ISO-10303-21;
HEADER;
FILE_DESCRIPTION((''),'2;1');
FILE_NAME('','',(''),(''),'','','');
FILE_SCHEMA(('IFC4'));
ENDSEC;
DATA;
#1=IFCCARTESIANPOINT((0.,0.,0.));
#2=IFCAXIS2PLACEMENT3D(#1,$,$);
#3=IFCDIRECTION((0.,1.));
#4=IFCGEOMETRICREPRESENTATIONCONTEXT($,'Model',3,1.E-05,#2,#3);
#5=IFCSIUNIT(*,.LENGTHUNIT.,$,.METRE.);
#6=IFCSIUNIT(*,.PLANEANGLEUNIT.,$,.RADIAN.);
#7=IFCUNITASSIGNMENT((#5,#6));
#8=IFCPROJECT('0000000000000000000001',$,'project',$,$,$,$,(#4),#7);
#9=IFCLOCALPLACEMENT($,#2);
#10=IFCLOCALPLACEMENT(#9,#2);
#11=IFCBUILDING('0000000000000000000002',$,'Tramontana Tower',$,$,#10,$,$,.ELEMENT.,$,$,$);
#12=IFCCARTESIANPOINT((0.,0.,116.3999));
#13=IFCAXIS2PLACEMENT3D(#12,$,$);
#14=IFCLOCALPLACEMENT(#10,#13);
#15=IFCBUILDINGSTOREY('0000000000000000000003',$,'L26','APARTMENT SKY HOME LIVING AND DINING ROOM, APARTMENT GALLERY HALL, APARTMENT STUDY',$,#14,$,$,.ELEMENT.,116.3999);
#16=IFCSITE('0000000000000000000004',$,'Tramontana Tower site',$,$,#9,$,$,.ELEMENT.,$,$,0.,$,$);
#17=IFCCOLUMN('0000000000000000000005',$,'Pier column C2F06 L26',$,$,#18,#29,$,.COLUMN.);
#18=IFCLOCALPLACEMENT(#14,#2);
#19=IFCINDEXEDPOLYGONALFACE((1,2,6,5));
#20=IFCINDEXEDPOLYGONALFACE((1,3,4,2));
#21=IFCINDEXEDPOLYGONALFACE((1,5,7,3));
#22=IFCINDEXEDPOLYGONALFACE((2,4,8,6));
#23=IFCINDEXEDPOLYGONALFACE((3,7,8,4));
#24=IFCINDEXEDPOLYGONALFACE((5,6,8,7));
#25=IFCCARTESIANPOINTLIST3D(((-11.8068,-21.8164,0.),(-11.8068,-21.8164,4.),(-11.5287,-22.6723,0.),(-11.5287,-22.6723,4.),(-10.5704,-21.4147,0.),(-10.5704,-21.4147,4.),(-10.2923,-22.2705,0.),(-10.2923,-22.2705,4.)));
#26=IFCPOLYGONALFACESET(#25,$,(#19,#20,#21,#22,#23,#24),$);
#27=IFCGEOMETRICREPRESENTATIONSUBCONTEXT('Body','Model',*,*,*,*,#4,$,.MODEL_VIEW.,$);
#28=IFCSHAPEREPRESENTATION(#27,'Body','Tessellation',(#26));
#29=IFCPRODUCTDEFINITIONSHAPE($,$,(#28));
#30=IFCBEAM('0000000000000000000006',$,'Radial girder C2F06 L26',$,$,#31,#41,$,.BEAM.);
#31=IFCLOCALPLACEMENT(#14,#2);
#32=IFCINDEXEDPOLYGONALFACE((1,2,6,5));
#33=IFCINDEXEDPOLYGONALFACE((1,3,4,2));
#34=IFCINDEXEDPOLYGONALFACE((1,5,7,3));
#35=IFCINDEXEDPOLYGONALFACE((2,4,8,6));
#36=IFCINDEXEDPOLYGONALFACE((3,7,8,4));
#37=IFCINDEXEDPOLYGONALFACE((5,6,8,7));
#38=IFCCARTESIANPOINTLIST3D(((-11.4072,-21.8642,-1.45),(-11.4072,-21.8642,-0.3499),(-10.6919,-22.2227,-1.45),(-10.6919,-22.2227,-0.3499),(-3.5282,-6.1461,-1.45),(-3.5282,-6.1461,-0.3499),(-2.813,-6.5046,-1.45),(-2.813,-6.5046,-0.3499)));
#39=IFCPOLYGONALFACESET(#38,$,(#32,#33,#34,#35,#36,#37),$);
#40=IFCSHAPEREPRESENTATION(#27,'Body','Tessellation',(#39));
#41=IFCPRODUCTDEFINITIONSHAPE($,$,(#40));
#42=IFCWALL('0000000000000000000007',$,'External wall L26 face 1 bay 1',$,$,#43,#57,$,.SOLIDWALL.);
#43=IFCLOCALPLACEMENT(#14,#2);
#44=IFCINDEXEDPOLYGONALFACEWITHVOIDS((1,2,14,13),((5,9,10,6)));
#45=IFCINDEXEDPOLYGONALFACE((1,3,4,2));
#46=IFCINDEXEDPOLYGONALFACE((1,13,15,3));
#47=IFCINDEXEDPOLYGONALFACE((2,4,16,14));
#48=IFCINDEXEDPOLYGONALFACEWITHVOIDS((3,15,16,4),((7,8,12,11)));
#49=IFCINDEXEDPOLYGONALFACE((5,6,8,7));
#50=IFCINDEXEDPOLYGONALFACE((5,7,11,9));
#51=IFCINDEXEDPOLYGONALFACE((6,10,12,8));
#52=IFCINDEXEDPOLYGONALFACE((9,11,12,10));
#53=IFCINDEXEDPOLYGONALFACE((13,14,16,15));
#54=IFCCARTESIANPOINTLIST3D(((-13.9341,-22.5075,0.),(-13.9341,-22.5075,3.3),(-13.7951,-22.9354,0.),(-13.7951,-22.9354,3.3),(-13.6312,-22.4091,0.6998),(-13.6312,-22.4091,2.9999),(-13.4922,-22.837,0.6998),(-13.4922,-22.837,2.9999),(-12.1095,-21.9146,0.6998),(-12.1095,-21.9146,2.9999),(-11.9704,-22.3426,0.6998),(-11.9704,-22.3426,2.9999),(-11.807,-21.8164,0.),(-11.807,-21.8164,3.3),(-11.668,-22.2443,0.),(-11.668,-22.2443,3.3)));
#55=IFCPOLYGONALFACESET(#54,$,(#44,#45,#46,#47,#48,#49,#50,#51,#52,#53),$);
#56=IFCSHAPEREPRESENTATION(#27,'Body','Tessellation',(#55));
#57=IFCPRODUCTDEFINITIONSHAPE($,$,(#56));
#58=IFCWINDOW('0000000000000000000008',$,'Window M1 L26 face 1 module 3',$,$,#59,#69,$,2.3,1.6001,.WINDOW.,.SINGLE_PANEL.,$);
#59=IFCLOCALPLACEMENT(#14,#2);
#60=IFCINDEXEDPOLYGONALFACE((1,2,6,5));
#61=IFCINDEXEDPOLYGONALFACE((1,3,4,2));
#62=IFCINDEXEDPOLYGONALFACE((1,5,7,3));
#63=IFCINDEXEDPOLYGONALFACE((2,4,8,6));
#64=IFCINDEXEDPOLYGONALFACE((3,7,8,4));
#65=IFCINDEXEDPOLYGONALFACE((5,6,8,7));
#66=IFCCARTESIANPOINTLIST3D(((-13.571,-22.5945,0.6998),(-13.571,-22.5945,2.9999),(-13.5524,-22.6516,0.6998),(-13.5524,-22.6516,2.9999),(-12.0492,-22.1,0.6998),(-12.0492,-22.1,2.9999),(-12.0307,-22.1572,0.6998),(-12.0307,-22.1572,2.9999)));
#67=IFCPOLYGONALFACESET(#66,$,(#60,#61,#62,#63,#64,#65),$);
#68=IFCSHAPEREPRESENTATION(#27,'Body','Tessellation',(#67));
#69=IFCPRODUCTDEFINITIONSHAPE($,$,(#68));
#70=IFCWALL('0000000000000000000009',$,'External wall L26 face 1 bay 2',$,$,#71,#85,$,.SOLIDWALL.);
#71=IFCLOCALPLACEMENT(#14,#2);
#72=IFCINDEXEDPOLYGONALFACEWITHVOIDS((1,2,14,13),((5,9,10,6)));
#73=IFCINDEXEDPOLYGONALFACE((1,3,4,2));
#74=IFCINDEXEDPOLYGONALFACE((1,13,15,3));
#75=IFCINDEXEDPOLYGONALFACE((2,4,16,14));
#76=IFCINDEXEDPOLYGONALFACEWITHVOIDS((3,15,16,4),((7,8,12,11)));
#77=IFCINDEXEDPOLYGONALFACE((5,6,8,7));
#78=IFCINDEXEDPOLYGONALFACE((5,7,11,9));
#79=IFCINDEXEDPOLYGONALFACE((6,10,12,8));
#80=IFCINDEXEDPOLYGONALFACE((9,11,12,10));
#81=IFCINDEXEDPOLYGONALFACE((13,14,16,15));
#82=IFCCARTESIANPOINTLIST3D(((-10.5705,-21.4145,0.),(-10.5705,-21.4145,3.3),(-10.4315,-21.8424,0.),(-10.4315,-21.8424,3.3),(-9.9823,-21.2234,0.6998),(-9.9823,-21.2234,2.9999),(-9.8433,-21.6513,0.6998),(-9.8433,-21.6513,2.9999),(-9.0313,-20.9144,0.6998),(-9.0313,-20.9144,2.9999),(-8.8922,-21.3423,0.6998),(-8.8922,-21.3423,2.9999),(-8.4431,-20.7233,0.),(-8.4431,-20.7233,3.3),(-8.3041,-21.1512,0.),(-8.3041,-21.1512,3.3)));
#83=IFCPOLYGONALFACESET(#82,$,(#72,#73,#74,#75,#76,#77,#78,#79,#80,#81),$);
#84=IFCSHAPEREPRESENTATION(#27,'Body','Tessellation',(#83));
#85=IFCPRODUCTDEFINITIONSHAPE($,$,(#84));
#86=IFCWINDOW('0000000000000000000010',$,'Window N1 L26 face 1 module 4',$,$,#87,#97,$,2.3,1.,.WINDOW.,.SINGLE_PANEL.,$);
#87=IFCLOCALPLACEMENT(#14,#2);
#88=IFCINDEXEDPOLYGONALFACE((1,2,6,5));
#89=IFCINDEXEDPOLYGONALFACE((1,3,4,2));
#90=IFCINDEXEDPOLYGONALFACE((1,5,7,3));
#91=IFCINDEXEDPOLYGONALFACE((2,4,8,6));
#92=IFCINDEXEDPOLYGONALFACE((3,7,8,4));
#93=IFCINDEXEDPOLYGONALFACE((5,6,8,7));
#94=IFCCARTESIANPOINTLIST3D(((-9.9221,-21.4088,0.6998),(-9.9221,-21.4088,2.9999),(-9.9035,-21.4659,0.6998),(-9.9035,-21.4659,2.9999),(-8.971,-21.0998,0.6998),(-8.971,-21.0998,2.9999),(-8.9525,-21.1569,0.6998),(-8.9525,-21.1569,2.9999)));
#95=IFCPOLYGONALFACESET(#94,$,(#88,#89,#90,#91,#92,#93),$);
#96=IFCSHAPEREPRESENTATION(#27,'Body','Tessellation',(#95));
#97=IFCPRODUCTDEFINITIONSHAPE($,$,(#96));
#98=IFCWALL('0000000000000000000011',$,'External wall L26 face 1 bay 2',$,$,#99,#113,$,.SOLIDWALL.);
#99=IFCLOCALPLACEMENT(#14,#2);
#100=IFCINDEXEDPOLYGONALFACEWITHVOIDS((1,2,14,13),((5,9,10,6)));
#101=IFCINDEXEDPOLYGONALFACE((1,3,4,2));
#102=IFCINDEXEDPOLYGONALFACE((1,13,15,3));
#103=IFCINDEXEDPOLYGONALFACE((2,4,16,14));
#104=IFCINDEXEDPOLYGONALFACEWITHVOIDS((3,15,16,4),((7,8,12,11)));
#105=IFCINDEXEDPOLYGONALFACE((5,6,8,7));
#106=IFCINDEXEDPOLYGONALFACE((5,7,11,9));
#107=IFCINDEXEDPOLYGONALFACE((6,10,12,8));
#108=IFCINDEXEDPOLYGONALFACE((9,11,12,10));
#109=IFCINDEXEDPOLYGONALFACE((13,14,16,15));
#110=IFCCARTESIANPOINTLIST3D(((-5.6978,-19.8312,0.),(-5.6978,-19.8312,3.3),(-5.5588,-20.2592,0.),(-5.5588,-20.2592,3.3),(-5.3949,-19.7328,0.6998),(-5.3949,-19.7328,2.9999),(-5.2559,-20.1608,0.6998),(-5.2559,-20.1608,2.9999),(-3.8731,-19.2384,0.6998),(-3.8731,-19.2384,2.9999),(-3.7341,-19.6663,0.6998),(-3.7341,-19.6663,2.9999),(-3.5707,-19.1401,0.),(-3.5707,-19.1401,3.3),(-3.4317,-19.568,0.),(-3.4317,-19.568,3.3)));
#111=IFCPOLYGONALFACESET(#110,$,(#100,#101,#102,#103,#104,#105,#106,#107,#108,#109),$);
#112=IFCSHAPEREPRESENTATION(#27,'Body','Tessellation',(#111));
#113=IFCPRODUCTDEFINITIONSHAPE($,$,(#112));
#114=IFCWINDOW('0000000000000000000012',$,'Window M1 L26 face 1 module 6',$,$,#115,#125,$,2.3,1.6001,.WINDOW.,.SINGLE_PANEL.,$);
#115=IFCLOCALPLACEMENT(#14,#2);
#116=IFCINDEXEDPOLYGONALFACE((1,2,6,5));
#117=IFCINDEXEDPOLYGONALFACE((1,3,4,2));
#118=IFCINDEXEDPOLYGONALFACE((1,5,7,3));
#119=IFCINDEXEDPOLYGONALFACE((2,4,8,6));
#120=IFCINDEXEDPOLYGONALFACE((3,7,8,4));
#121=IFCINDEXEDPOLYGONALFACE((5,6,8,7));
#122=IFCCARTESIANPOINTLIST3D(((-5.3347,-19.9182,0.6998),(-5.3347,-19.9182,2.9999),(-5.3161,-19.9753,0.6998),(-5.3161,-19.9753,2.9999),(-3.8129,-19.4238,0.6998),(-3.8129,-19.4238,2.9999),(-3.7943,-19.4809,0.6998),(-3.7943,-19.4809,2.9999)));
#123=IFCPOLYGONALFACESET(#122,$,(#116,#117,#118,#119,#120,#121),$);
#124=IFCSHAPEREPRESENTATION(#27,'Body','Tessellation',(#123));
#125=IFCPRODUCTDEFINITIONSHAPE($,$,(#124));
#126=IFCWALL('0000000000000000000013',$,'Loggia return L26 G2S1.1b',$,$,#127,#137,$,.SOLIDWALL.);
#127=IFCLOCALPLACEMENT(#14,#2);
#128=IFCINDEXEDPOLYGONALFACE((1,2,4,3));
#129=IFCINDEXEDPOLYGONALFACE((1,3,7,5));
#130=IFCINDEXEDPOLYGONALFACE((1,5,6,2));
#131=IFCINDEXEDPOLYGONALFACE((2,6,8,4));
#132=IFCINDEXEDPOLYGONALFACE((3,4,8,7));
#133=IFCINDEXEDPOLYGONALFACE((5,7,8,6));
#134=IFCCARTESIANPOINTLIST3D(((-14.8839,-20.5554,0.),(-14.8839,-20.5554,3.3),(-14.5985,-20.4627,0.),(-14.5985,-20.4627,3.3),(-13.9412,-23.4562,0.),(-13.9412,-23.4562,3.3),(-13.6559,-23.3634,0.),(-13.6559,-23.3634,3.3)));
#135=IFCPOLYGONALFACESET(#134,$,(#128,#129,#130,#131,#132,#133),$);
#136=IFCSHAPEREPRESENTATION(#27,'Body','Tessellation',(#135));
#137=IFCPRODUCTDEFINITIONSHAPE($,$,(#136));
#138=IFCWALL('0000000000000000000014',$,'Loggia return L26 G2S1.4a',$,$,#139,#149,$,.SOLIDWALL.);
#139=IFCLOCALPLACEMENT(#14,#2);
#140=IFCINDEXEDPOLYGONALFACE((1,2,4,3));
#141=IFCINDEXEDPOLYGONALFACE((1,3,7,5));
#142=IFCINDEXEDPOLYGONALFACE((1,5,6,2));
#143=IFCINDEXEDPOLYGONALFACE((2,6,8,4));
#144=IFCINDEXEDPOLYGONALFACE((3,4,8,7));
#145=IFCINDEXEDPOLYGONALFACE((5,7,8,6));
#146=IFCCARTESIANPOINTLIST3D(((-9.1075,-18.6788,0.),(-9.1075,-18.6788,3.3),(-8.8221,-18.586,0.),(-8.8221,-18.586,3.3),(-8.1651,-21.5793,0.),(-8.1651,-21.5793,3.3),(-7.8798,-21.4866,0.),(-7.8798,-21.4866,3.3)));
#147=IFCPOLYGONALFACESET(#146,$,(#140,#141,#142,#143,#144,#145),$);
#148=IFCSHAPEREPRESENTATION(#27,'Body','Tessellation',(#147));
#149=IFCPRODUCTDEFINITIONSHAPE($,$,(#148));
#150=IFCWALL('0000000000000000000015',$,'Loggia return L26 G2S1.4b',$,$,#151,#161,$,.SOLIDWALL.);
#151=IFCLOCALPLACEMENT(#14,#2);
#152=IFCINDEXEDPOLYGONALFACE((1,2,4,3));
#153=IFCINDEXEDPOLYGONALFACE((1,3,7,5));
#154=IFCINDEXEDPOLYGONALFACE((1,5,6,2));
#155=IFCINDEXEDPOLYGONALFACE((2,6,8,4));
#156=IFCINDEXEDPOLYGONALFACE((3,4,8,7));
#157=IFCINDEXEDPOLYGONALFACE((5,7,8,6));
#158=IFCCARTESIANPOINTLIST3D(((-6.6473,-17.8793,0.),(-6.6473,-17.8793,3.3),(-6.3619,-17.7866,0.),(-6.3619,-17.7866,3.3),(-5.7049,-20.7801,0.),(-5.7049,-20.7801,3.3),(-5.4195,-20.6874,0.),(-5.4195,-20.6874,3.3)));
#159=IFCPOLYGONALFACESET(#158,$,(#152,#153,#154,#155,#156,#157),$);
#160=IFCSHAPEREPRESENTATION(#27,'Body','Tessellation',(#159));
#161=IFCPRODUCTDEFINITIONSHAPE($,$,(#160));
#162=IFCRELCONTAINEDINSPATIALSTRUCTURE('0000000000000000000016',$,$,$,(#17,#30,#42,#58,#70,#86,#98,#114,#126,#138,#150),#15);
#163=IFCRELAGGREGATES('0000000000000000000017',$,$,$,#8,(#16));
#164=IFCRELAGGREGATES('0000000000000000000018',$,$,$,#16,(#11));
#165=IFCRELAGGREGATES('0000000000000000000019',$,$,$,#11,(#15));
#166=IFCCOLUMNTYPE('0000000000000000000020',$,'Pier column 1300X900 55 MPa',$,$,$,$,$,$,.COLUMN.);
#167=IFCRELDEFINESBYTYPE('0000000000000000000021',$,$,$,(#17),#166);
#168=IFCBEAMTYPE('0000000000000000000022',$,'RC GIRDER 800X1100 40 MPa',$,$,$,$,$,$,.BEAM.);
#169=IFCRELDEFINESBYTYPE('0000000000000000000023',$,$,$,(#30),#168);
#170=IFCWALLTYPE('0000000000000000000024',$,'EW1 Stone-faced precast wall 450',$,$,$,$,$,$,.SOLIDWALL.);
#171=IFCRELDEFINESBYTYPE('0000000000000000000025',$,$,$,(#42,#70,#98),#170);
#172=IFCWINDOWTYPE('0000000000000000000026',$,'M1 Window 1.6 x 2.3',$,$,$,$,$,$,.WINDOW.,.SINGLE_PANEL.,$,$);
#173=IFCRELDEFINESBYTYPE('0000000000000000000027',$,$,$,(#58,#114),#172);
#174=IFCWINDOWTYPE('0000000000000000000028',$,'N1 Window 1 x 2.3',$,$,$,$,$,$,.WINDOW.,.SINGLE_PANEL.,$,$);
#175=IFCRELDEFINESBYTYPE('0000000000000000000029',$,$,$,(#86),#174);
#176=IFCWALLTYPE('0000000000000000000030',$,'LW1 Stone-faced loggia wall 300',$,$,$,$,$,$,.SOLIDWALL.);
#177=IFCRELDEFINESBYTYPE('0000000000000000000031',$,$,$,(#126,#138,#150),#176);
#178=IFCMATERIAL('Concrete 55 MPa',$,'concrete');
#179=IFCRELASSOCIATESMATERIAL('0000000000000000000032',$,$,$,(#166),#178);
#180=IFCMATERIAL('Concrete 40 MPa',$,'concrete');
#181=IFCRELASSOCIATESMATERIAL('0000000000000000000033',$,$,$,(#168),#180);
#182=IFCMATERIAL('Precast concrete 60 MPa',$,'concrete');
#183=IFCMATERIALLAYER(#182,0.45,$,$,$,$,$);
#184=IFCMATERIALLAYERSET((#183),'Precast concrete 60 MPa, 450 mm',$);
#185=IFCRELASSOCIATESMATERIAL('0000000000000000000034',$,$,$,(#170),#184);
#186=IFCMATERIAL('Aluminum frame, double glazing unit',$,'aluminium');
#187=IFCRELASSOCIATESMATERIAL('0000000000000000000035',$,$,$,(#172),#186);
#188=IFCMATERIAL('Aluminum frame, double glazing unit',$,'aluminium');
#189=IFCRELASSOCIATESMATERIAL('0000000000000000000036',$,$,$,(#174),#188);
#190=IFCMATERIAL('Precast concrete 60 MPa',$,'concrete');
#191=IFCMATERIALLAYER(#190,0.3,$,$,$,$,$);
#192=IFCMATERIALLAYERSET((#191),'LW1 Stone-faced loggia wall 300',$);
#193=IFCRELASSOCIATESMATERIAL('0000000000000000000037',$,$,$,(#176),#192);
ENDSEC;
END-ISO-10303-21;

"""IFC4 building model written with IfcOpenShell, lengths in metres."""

from ifc_helpers import new_model, si_unit, direction, frame, frame_2d, origin, origin_2d, place, context, subcontext, project, spatial, rectangle, extrude, material, layer, layer_set, material_profile, profile_set, type_object, element, fill, save


model = new_model("IFC4")

# Units and contexts
model_context = context("Model", 3, precision=1e-05, world=origin(), true_north=direction((0.0, 1.0)))
body_context = subcontext(model_context, "Body", "Model", "MODEL_VIEW")
ifc_project = project(units=[si_unit("LENGTHUNIT", "METRE"), si_unit("PLANEANGLEUNIT", "RADIAN")], contexts=[model_context])

# Site, building, storey
site_placement = place(None, origin())
site = spatial("IfcSite", under=ifc_project, at=site_placement, Name="Tramontana Tower site", CompositionType="ELEMENT", RefElevation=0.0)
building_placement = place(site_placement, origin())
building = spatial("IfcBuilding", under=site, at=building_placement, Name="Tramontana Tower", CompositionType="ELEMENT")
storey_placement = place(building_placement, frame((0.0, 0.0, 116.3999)))
storey = spatial("IfcBuildingStorey", under=building, at=storey_placement, Name="L26", Description="APARTMENT SKY HOME LIVING AND DINING ROOM, APARTMENT GALLERY HALL, APARTMENT STUDY", CompositionType="ELEMENT", Elevation=116.3999)

# Column
ifc_material_1 = material(Name="Concrete 55 MPa", Category="concrete")
ifc_material_profile_1 = material_profile(ifc_material_1, rectangle(XDim=1.3, YDim=0.8999, at=origin_2d()), Name="Pier column 1300X900 55 MPa")
ifc_profile_set_1 = profile_set([ifc_material_profile_1], Name="Concrete 55 MPa")
column_type = type_object("IfcColumnType", Name="Pier column 1300X900 55 MPa", PredefinedType="COLUMN", material=ifc_profile_set_1)
column_placement = place(storey_placement, frame((-11.0496, -22.0435, 0.0), z_axis=(0.0, 0.0, 1.0), x_axis=(0.951057, 0.309017, 0.0)))
element("IfcColumn", 1, at=column_placement, inside=storey, type_object=column_type, Name="Pier column C2F06 L26", PredefinedType="COLUMN", context=body_context, shape_type="SweptSolid", body=[
    extrude(rectangle(XDim=1.3, YDim=0.8999, at=origin_2d()), origin(), (0.0, 0.0, 1.0), 4.0),
])

# Beam
ifc_material_2 = material(Name="Concrete 40 MPa", Category="concrete")
ifc_material_profile_2 = material_profile(ifc_material_2, rectangle(XDim=0.8, YDim=1.1001, at=origin_2d()), Name="RC GIRDER 800X1100 40 MPa")
ifc_profile_set_2 = profile_set([ifc_material_profile_2], Name="Concrete 40 MPa")
beam_type = type_object("IfcBeamType", Name="RC GIRDER 800X1100 40 MPa", PredefinedType="BEAM", material=ifc_profile_set_2)
beam_placement = place(storey_placement, frame((-11.0496, -22.0435, -0.8999), z_axis=(0.448119, 0.893974, 0.0), x_axis=(-0.893974, 0.448119, 0.0)))
element("IfcBeam", 2, at=beam_placement, inside=storey, type_object=beam_type, Name="Radial girder C2F06 L26", PredefinedType="BEAM", context=body_context, shape_type="SweptSolid", body=[
    extrude(rectangle(XDim=0.8, YDim=1.1001, at=origin_2d()), origin(), (0.0, 0.0, 1.0), 17.5823),
])

# Walls, openings, windows
ifc_material_3 = material(Name="Precast concrete 60 MPa", Category="concrete")
ifc_layer_1 = layer(ifc_material_3, 0.45)
ifc_layer_set_1 = layer_set([ifc_layer_1], Name="Precast concrete 60 MPa, 450 mm")
wall_type_1 = type_object("IfcWallType", Name="EW1 Stone-faced precast wall 450", PredefinedType="SOLIDWALL", material=ifc_layer_set_1)
wall_1_placement = place(storey_placement, frame((-13.8645, -22.7214, 0.0), z_axis=(0.0, 0.0, 1.0), x_axis=(0.951057, 0.309014, 0.0)))
wall_1 = element("IfcWall", 3, at=wall_1_placement, inside=storey, type_object=wall_type_1, Name="External wall L26 face 1 bay 1", PredefinedType="SOLIDWALL", context=body_context, shape_type="SweptSolid", body=[
    extrude(rectangle(XDim=2.2366, YDim=0.45, at=frame_2d((1.1182, 0.0))), origin(), (0.0, 0.0, 1.0), 3.3),
])
opening_1_placement = place(wall_1_placement, frame((0.3184, 0.0, 0.7)))
opening_1 = element("IfcOpeningElement", 4, at=opening_1_placement, cuts=wall_1, PredefinedType="OPENING", context=body_context, shape_type="SweptSolid", body=[
    extrude(rectangle(XDim=1.6001, YDim=2.3, at=frame_2d((0.8, 1.1499))), frame((0.0, 0.2349, 0.0), z_axis=(0.0, -1.0, 0.0), x_axis=(1.0, 0.0, 0.0)), (0.0, 0.0, 1.0), 0.47),
])
ifc_material_4 = material(Name="Aluminum frame, double glazing unit", Category="aluminium")
window_type_1 = type_object("IfcWindowType", Name="M1 Window 1.6 x 2.3", PartitioningType="SINGLE_PANEL", PredefinedType="WINDOW", material=ifc_material_4)
window_1_placement = place(opening_1_placement, origin())
window_1 = element("IfcWindow", 5, at=window_1_placement, inside=storey, type_object=window_type_1, Name="Window M1 L26 face 1 module 3", OverallHeight=2.3, OverallWidth=1.6001, PartitioningType="SINGLE_PANEL", PredefinedType="WINDOW", context=body_context, shape_type="SweptSolid", body=[
    extrude(rectangle(XDim=1.6001, YDim=2.3, at=frame_2d((0.8, 1.1499))), frame((0.0, 0.03, 0.0), z_axis=(0.0, -1.0, 0.0), x_axis=(1.0, 0.0, 0.0)), (0.0, 0.0, 1.0), 0.0601),
])
fill(opening_1, window_1)
wall_2_placement = place(storey_placement, frame((-10.501, -21.6284, 0.0), z_axis=(0.0, 0.0, 1.0), x_axis=(0.951068, 0.308982, 0.0)))
wall_2 = element("IfcWall", 6, at=wall_2_placement, inside=storey, type_object=wall_type_1, Name="External wall L26 face 1 bay 2", PredefinedType="SOLIDWALL", context=body_context, shape_type="SweptSolid", body=[
    extrude(rectangle(XDim=2.2368, YDim=0.45, at=frame_2d((1.1184, 0.0))), origin(), (0.0, 0.0, 1.0), 3.3),
])
opening_2_placement = place(wall_2_placement, frame((0.6184, 0.0, 0.7)))
opening_2 = element("IfcOpeningElement", 7, at=opening_2_placement, cuts=wall_2, PredefinedType="OPENING", context=body_context, shape_type="SweptSolid", body=[
    extrude(rectangle(XDim=1.0, YDim=2.3, at=frame_2d((0.5, 1.1499))), frame((0.0, 0.2349, 0.0), z_axis=(0.0, -1.0, 0.0), x_axis=(1.0, 0.0, 0.0)), (0.0, 0.0, 1.0), 0.47),
])
ifc_material_5 = material(Name="Aluminum frame, double glazing unit", Category="aluminium")
window_type_2 = type_object("IfcWindowType", Name="N1 Window 1 x 2.3", PartitioningType="SINGLE_PANEL", PredefinedType="WINDOW", material=ifc_material_5)
window_2_placement = place(opening_2_placement, origin())
window_2 = element("IfcWindow", 8, at=window_2_placement, inside=storey, type_object=window_type_2, Name="Window N1 L26 face 1 module 4", OverallHeight=2.3, OverallWidth=1.0, PartitioningType="SINGLE_PANEL", PredefinedType="WINDOW", context=body_context, shape_type="SweptSolid", body=[
    extrude(rectangle(XDim=1.0, YDim=2.3, at=frame_2d((0.5, 1.1499))), frame((0.0, 0.03, 0.0), z_axis=(0.0, -1.0, 0.0), x_axis=(1.0, 0.0, 0.0)), (0.0, 0.0, 1.0), 0.0601),
])
fill(opening_2, window_2)
wall_3_placement = place(storey_placement, frame((-5.6282, -20.0452, 0.0), z_axis=(0.0, 0.0, 1.0), x_axis=(0.951057, 0.309014, 0.0)))
wall_3 = element("IfcWall", 9, at=wall_3_placement, inside=storey, type_object=wall_type_1, Name="External wall L26 face 1 bay 2", PredefinedType="SOLIDWALL", context=body_context, shape_type="SweptSolid", body=[
    extrude(rectangle(XDim=2.2366, YDim=0.45, at=frame_2d((1.1182, 0.0))), origin(), (0.0, 0.0, 1.0), 3.3),
])
opening_3_placement = place(wall_3_placement, frame((0.3184, 0.0, 0.7)))
opening_3 = element("IfcOpeningElement", 10, at=opening_3_placement, cuts=wall_3, PredefinedType="OPENING", context=body_context, shape_type="SweptSolid", body=[
    extrude(rectangle(XDim=1.6001, YDim=2.3, at=frame_2d((0.8, 1.1499))), frame((0.0, 0.2349, 0.0), z_axis=(0.0, -1.0, 0.0), x_axis=(1.0, 0.0, 0.0)), (0.0, 0.0, 1.0), 0.47),
])
window_3_placement = place(opening_3_placement, origin())
window_3 = element("IfcWindow", 11, at=window_3_placement, inside=storey, type_object=window_type_1, Name="Window M1 L26 face 1 module 6", OverallHeight=2.3, OverallWidth=1.6001, PartitioningType="SINGLE_PANEL", PredefinedType="WINDOW", context=body_context, shape_type="SweptSolid", body=[
    extrude(rectangle(XDim=1.6001, YDim=2.3, at=frame_2d((0.8, 1.1499))), frame((0.0, 0.03, 0.0), z_axis=(0.0, -1.0, 0.0), x_axis=(1.0, 0.0, 0.0)), (0.0, 0.0, 1.0), 0.0601),
])
fill(opening_3, window_3)

# Wall
ifc_material_6 = material(Name="Precast concrete 60 MPa", Category="concrete")
ifc_layer_2 = layer(ifc_material_6, 0.3)
ifc_layer_set_2 = layer_set([ifc_layer_2], Name="LW1 Stone-faced loggia wall 300")
wall_type_2 = type_object("IfcWallType", Name="LW1 Stone-faced loggia wall 300", PredefinedType="SOLIDWALL", material=ifc_layer_set_2)
wall_4_placement = place(storey_placement, frame((-13.7986, -23.4097, 0.0), z_axis=(0.0, 0.0, 1.0), x_axis=(-0.309063, 0.951042, 0.0)))
element("IfcWall", 12, at=wall_4_placement, inside=storey, type_object=wall_type_2, Name="Loggia return L26 G2S1.1b", PredefinedType="SOLIDWALL", context=body_context, shape_type="SweptSolid", body=[
    extrude(rectangle(XDim=3.05, YDim=0.3, at=frame_2d((1.5249, 0.0))), origin(), (0.0, 0.0, 1.0), 3.3),
])

# Walls
wall_5_placement = place(storey_placement, frame((-8.0225, -21.533, 0.0), z_axis=(0.0, 0.0, 1.0), x_axis=(-0.30899, 0.951065, 0.0)))
element("IfcWall", 13, at=wall_5_placement, inside=storey, type_object=wall_type_2, Name="Loggia return L26 G2S1.4a", PredefinedType="SOLIDWALL", context=body_context, shape_type="SweptSolid", body=[
    extrude(rectangle(XDim=3.0498, YDim=0.3, at=frame_2d((1.5249, 0.0))), origin(), (0.0, 0.0, 1.0), 3.3),
])
wall_6_placement = place(storey_placement, frame((-5.5623, -20.7336, 0.0), z_axis=(0.0, 0.0, 1.0), x_axis=(-0.308967, 0.951073, 0.0)))
element("IfcWall", 14, at=wall_6_placement, inside=storey, type_object=wall_type_2, Name="Loggia return L26 G2S1.4b", PredefinedType="SOLIDWALL", context=body_context, shape_type="SweptSolid", body=[
    extrude(rectangle(XDim=3.05, YDim=0.3, at=frame_2d((1.5249, 0.0))), origin(), (0.0, 0.0, 1.0), 3.3),
])

save(model, "model.ifc")
